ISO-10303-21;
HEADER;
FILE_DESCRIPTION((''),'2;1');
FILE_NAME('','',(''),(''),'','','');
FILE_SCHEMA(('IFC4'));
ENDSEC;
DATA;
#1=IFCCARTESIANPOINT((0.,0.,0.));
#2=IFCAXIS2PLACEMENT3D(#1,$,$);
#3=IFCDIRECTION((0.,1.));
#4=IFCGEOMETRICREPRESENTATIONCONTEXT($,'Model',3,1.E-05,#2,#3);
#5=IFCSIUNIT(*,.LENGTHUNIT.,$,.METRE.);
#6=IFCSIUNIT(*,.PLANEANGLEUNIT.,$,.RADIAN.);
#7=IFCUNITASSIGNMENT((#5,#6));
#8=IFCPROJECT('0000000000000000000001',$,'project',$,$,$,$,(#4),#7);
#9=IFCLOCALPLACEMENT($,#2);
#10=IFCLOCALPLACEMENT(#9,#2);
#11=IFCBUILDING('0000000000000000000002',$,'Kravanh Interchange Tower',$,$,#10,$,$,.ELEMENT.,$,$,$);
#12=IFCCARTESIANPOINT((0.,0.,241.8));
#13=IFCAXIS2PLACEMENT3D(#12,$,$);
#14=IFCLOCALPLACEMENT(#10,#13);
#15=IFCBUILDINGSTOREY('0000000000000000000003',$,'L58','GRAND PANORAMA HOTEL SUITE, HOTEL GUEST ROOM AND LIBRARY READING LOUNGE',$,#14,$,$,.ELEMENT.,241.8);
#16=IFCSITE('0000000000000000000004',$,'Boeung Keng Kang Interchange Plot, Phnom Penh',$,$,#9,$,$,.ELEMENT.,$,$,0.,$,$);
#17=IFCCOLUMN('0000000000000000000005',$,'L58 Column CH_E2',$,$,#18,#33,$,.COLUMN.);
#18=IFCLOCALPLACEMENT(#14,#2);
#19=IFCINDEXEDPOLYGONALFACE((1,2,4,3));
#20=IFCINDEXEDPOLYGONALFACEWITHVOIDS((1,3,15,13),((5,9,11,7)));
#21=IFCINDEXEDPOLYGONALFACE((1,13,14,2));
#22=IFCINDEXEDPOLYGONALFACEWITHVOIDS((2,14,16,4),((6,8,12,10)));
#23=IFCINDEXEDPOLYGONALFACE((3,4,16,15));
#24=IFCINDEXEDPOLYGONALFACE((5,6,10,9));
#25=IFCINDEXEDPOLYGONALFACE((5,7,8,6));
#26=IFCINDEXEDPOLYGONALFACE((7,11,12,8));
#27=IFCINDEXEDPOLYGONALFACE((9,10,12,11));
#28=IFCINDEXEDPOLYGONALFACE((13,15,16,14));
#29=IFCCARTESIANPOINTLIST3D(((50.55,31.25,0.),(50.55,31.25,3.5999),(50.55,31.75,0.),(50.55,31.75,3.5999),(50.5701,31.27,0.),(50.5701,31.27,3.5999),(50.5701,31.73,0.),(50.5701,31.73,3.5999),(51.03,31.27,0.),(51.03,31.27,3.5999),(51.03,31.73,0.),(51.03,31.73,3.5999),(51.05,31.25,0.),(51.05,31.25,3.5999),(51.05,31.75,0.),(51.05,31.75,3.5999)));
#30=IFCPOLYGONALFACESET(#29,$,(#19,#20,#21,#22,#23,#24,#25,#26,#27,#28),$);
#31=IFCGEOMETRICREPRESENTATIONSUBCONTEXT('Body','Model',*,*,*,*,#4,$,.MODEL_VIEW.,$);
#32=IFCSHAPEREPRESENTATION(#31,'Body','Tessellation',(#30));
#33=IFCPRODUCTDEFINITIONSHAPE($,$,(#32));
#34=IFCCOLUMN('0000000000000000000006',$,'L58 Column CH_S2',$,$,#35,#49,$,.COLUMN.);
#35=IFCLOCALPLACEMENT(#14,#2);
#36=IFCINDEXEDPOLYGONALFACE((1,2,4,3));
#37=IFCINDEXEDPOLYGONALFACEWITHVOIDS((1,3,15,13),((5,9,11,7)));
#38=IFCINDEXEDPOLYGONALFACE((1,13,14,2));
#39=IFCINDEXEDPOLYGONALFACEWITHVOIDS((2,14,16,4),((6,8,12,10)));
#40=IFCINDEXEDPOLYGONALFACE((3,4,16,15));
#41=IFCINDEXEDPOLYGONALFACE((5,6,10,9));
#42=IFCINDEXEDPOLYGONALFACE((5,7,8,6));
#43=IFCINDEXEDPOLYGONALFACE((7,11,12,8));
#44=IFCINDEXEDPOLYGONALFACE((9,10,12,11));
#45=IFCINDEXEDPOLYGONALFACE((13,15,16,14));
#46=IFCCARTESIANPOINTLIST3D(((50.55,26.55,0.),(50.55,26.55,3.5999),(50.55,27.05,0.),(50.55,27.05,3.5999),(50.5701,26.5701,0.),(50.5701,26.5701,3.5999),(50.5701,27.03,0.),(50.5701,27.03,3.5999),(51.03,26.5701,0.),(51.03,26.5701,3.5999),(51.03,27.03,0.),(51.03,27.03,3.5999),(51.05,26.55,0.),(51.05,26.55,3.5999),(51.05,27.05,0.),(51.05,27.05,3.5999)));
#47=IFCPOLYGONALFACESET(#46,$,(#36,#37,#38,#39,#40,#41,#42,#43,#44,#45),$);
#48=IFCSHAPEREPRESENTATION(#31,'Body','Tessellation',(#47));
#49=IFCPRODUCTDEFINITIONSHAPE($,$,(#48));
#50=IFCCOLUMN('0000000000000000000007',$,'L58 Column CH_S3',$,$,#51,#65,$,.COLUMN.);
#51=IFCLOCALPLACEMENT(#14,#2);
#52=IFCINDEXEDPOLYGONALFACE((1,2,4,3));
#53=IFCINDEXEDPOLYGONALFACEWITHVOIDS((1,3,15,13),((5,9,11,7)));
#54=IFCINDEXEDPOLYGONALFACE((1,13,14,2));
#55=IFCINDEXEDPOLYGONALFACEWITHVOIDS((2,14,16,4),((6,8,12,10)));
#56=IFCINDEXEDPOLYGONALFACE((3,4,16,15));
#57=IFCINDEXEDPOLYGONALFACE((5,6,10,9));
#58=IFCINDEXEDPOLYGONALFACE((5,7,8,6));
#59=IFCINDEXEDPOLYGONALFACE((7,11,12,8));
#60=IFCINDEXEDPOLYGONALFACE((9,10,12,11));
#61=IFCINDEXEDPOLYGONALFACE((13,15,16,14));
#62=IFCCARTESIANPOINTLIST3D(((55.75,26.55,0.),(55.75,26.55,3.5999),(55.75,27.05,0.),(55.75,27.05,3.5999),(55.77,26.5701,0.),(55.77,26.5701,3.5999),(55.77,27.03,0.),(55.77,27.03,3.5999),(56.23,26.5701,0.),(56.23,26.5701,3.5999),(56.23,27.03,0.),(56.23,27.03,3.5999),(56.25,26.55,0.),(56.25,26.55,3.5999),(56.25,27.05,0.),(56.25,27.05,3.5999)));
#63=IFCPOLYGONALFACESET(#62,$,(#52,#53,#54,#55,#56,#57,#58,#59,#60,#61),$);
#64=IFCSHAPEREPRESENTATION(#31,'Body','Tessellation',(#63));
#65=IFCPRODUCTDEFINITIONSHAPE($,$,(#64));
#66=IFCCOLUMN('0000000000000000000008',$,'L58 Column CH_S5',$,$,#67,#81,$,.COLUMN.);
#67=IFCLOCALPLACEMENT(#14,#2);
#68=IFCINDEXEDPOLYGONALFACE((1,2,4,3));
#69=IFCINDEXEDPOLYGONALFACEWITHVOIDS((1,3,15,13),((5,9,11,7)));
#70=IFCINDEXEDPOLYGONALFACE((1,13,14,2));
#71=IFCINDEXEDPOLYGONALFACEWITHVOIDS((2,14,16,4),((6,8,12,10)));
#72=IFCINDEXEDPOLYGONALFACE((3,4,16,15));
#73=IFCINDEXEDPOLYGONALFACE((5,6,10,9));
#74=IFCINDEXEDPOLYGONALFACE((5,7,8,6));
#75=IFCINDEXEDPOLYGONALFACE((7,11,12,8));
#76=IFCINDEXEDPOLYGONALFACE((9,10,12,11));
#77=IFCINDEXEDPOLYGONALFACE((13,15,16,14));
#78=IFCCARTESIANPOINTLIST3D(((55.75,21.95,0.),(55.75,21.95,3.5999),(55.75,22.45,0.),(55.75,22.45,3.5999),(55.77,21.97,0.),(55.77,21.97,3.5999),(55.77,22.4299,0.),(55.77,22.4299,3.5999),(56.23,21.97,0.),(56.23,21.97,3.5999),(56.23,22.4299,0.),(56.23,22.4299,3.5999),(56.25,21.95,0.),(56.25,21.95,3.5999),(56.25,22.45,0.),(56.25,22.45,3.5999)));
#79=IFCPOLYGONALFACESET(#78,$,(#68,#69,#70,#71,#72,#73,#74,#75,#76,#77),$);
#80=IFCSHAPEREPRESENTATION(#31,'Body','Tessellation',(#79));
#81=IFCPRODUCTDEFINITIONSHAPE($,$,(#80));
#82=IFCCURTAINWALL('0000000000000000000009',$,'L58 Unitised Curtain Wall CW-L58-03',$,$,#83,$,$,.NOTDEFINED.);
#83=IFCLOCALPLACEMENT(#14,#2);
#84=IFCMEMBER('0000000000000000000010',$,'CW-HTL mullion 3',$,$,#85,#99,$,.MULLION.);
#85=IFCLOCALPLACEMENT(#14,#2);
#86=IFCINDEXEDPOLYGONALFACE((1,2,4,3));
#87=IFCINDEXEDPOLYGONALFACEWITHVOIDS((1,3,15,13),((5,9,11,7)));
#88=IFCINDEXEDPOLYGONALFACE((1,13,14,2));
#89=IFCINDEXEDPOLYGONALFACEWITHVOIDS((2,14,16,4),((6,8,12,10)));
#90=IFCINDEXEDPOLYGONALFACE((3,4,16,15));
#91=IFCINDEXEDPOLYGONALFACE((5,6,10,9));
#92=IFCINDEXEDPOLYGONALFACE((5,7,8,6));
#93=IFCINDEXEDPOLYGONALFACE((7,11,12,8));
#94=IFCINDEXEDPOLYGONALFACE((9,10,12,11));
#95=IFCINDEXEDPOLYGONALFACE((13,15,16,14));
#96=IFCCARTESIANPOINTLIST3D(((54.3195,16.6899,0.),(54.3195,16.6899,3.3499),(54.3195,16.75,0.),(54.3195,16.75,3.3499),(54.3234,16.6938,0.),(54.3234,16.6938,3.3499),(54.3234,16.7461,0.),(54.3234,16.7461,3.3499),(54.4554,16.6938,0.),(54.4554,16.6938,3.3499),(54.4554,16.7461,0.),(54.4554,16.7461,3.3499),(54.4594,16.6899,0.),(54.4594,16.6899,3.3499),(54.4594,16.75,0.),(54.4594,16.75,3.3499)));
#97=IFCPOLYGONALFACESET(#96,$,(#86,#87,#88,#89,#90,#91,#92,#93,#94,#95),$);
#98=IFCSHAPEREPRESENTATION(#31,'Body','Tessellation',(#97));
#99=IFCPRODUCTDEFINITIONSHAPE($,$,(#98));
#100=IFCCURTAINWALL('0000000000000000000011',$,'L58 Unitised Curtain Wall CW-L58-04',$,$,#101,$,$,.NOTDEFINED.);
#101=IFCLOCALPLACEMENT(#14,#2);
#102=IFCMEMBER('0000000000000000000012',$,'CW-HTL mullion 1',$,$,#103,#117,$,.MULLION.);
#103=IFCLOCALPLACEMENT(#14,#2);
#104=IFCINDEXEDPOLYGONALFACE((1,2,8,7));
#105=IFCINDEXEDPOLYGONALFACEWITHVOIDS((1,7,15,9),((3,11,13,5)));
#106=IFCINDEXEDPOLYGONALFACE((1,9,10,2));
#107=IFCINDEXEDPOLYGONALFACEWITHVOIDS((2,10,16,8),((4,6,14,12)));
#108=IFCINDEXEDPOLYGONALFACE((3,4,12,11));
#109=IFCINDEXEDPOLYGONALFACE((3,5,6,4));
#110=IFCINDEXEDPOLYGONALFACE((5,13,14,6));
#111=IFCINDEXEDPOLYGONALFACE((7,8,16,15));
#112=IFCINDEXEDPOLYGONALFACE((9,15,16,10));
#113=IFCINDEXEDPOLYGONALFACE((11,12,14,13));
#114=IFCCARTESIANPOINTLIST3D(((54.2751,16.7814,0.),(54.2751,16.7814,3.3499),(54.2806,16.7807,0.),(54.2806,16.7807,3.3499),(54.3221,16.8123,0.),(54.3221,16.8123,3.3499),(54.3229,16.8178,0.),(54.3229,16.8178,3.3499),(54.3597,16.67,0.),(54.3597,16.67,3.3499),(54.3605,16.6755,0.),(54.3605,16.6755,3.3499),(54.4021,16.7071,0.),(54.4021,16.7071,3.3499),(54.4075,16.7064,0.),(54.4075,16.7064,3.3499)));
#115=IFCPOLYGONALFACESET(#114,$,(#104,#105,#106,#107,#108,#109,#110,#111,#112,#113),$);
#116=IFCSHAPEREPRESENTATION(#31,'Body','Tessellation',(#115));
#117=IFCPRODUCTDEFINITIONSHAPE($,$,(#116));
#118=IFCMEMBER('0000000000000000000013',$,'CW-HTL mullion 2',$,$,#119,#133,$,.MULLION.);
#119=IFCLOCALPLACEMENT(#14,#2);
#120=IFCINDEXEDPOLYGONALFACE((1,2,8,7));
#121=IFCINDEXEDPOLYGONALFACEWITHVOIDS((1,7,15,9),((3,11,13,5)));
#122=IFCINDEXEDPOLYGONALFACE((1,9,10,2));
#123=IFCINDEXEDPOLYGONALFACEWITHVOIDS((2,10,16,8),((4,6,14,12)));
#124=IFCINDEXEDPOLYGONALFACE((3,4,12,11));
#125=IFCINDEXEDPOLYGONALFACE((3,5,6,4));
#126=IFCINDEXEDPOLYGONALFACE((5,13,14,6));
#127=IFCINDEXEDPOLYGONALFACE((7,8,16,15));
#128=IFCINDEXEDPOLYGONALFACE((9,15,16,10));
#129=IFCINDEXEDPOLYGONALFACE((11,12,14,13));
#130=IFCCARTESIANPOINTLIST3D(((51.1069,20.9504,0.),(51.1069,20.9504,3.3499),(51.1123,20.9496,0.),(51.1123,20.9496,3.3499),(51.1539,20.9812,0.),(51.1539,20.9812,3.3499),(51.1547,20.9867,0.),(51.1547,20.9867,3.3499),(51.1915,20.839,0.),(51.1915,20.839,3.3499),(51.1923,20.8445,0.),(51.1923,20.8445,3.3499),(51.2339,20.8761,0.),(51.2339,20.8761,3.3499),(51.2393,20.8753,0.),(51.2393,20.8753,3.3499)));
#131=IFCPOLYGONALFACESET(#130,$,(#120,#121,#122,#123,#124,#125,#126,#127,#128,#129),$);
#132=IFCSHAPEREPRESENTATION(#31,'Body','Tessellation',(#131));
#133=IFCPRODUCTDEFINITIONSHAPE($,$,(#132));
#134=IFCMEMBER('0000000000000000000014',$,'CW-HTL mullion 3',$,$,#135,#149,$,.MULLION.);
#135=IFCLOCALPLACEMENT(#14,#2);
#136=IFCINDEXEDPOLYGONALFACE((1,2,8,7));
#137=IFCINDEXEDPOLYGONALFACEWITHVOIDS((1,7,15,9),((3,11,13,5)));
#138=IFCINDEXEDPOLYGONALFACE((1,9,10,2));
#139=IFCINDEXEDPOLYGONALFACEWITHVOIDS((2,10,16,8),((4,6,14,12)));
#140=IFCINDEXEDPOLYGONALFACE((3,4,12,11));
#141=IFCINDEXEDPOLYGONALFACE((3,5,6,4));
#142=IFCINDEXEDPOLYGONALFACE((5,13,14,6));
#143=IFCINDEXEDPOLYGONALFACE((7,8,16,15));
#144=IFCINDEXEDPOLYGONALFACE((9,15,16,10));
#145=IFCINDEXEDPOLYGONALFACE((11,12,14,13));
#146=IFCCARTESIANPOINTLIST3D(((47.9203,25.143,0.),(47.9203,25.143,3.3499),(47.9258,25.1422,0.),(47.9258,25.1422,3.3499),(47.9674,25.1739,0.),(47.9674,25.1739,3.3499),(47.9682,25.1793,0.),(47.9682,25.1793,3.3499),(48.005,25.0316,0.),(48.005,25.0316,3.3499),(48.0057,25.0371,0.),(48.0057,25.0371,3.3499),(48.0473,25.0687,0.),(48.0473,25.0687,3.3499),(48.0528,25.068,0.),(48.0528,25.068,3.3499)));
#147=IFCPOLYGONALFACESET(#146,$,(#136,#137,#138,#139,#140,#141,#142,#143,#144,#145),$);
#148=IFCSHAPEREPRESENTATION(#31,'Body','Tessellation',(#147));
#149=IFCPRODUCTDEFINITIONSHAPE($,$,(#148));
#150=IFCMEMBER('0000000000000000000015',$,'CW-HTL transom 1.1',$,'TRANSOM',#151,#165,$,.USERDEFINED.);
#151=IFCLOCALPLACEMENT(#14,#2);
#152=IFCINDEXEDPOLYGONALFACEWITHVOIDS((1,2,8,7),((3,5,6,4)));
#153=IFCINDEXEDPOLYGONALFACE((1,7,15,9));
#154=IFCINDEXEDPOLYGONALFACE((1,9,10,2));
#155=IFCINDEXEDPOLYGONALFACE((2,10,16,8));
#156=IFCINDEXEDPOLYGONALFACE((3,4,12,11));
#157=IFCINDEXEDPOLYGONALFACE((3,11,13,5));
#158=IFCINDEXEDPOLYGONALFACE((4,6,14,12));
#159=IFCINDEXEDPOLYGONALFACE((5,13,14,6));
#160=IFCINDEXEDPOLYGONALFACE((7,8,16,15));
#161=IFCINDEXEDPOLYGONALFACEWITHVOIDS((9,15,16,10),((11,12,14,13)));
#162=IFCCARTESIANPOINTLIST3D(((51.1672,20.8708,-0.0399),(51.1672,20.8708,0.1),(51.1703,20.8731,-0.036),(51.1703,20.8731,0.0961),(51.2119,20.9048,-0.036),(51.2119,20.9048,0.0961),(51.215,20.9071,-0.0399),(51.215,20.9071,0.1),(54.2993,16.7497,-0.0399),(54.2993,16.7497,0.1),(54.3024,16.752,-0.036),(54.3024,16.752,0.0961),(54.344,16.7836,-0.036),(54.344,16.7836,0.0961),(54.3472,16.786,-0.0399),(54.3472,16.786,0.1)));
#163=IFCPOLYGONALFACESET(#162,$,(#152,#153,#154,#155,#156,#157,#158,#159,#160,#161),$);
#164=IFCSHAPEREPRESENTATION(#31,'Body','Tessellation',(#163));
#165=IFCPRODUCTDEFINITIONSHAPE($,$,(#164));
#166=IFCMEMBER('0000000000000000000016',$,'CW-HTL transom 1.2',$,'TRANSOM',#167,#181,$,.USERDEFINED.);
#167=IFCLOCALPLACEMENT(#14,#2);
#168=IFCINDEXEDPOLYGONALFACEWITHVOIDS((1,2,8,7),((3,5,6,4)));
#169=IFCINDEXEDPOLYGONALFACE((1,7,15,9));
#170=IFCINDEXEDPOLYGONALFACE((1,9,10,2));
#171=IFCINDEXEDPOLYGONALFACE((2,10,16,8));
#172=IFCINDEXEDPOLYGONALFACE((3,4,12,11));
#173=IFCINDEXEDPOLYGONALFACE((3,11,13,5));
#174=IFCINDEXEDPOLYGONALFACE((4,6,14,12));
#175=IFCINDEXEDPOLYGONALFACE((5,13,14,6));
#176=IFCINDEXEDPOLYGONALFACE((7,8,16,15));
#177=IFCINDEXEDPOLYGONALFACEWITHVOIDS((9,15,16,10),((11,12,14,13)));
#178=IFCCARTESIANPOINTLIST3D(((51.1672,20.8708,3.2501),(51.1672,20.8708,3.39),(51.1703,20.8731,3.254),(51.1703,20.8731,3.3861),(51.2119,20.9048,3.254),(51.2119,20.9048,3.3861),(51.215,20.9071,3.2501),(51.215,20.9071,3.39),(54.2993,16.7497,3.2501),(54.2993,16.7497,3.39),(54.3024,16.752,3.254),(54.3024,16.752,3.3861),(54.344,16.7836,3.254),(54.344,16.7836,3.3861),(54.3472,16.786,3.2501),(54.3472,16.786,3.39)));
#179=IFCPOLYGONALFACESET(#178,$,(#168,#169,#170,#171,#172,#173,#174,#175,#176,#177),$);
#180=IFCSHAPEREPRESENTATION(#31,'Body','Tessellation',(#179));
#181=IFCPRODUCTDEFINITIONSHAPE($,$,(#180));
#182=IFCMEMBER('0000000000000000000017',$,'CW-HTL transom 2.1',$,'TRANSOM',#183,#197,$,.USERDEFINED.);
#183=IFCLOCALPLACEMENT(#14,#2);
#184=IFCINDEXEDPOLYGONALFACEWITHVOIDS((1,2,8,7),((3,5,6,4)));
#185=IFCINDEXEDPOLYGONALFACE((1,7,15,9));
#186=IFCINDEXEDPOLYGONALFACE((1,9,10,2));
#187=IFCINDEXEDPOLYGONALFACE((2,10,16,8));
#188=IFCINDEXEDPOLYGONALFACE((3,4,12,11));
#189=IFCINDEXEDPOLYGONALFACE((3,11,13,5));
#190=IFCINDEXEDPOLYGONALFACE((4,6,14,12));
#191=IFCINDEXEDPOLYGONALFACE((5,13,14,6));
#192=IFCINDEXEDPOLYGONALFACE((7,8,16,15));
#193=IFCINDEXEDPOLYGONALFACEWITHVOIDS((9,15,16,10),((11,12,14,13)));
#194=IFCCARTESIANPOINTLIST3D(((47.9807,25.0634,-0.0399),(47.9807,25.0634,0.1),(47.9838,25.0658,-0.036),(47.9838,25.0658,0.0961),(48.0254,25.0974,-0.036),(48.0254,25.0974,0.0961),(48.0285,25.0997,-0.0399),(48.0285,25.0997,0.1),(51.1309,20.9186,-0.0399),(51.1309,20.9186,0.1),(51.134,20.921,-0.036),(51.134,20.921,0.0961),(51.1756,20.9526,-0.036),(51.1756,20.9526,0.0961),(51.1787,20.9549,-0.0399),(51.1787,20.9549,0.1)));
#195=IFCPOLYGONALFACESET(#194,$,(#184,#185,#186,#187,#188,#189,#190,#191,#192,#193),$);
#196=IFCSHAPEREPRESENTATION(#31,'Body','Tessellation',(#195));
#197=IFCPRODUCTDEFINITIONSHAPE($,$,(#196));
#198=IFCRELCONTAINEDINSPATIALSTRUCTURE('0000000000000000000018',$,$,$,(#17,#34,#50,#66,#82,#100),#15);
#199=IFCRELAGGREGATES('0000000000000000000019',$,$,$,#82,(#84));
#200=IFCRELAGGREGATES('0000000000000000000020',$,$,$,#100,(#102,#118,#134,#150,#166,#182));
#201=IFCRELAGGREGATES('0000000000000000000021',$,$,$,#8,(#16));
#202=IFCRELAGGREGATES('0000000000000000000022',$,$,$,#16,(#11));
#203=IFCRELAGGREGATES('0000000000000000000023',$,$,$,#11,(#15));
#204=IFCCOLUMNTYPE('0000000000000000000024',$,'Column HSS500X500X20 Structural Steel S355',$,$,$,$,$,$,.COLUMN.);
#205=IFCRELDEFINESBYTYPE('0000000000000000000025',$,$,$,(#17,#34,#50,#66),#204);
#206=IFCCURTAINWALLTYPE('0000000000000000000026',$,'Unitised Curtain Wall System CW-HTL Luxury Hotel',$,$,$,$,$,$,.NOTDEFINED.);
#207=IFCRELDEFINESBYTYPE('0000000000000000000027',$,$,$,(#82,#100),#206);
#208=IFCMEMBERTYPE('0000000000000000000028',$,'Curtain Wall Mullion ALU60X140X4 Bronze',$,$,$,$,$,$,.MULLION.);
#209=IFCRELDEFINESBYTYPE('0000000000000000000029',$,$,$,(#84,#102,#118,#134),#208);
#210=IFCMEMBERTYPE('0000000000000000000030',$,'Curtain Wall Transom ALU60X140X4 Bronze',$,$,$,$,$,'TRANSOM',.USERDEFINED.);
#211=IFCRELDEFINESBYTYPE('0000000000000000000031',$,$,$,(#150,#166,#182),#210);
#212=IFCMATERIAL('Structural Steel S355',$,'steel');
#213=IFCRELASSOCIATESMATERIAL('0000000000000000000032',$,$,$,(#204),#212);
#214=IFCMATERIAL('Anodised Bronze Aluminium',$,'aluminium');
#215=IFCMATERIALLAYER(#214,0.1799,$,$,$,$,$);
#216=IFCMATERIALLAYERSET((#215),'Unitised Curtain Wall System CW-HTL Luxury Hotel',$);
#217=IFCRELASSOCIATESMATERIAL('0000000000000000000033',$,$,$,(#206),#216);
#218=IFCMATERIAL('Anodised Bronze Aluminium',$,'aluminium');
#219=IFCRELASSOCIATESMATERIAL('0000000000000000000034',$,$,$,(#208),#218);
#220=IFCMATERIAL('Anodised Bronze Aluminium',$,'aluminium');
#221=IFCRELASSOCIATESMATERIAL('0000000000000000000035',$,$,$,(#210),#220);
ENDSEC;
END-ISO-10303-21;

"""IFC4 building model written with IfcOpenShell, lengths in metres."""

from ifc_helpers import new_model, si_unit, direction, frame, origin, origin_2d, place, context, subcontext, project, spatial, hollow_rectangle, extrude, material, layer, layer_set, material_profile, profile_set, type_object, element, aggregate, save


model = new_model("IFC4")

# Units and contexts
model_context = context("Model", 3, precision=1e-05, world=origin(), true_north=direction((0.0, 1.0)))
body_context = subcontext(model_context, "Body", "Model", "MODEL_VIEW")
ifc_project = project(units=[si_unit("LENGTHUNIT", "METRE"), si_unit("PLANEANGLEUNIT", "RADIAN")], contexts=[model_context])

# Site, building, storey
site_placement = place(None, origin())
site = spatial("IfcSite", under=ifc_project, at=site_placement, Name="Boeung Keng Kang Interchange Plot, Phnom Penh", CompositionType="ELEMENT", RefElevation=0.0)
building_placement = place(site_placement, origin())
building = spatial("IfcBuilding", under=site, at=building_placement, Name="Kravanh Interchange Tower", CompositionType="ELEMENT")
storey_placement = place(building_placement, frame((0.0, 0.0, 241.8)))
storey = spatial("IfcBuildingStorey", under=building, at=storey_placement, Name="L58", Description="GRAND PANORAMA HOTEL SUITE, HOTEL GUEST ROOM AND LIBRARY READING LOUNGE", CompositionType="ELEMENT", Elevation=241.8)

# Columns
ifc_material_1 = material(Name="Structural Steel S355", Category="steel")
ifc_material_profile_1 = material_profile(ifc_material_1, hollow_rectangle(XDim=0.5, YDim=0.5, WallThickness=0.02, at=origin_2d()), Name="HSS500X500X20")
ifc_profile_set_1 = profile_set([ifc_material_profile_1], Name="Structural Steel S355")
column_type = type_object("IfcColumnType", Name="Column HSS500X500X20 Structural Steel S355", PredefinedType="COLUMN", material=ifc_profile_set_1)
for number, where, z_axis, x_axis, name in (
    (1, (50.8, 31.5, 0.0), (0.0, 0.0, 1.0), (1.0, 0.0, 0.0), "L58 Column CH_E2"),
    (2, (50.8, 26.8, 0.0), (0.0, 0.0, 1.0), (1.0, 0.0, 0.0), "L58 Column CH_S2"),
    (3, (56.0, 26.8, 0.0), (0.0, 0.0, 1.0), (1.0, 0.0, 0.0), "L58 Column CH_S3"),
    (4, (56.0, 22.2, 0.0), (0.0, 0.0, 1.0), (1.0, 0.0, 0.0), "L58 Column CH_S5"),
):
    element("IfcColumn", number, at=place(storey_placement, frame(where, z_axis=z_axis, x_axis=x_axis)), inside=storey, type_object=column_type, Name=name, PredefinedType="COLUMN", context=body_context, shape_type="SweptSolid", body=[
        extrude(hollow_rectangle(XDim=0.5, YDim=0.5, WallThickness=0.02, at=origin_2d()), origin(), (0.0, 0.0, 1.0), 3.5999),
    ])

# Curtain wall, member
ifc_material_2 = material(Name="Anodised Bronze Aluminium", Category="aluminium")
ifc_layer_1 = layer(ifc_material_2, 0.1799)
ifc_layer_set_1 = layer_set([ifc_layer_1], Name="Unitised Curtain Wall System CW-HTL Luxury Hotel")
curtain_wall_type = type_object("IfcCurtainWallType", Name="Unitised Curtain Wall System CW-HTL Luxury Hotel", PredefinedType="NOTDEFINED", material=ifc_layer_set_1)
curtain_wall_1_placement = place(storey_placement, origin())
curtain_wall_1 = element("IfcCurtainWall", 5, at=curtain_wall_1_placement, inside=storey, type_object=curtain_wall_type, Name="L58 Unitised Curtain Wall CW-L58-03", PredefinedType="NOTDEFINED")
ifc_material_3 = material(Name="Anodised Bronze Aluminium", Category="aluminium")
ifc_material_profile_2 = material_profile(ifc_material_3, hollow_rectangle(XDim=0.0601, YDim=0.1399, WallThickness=0.0039, at=origin_2d()), Name="ALU60X140X4")
ifc_profile_set_2 = profile_set([ifc_material_profile_2], Name="Anodised Bronze Aluminium")
member_type_1 = type_object("IfcMemberType", Name="Curtain Wall Mullion ALU60X140X4 Bronze", PredefinedType="MULLION", material=ifc_profile_set_2)
member_1_placement = place(storey_placement, frame((54.3894, 16.72, 0.0), z_axis=(0.0, 0.0, 1.0), x_axis=(0.0, -1.0, 0.0)))
member_1 = element("IfcMember", 6, at=member_1_placement, type_object=member_type_1, Name="CW-HTL mullion 3", PredefinedType="MULLION", context=body_context, shape_type="SweptSolid", body=[
    extrude(hollow_rectangle(XDim=0.0601, YDim=0.1399, WallThickness=0.0039, at=origin_2d()), origin(), (0.0, 0.0, 1.0), 3.3499),
])
aggregate(curtain_wall_1, [member_1])

# Curtain wall, members
curtain_wall_2_placement = place(storey_placement, origin())
curtain_wall_2 = element("IfcCurtainWall", 7, at=curtain_wall_2_placement, inside=storey, type_object=curtain_wall_type, Name="L58 Unitised Curtain Wall CW-L58-04", PredefinedType="NOTDEFINED")
member_2_placement = place(storey_placement, frame((54.3413, 16.7439, 0.0), z_axis=(0.0, 0.0, 1.0), x_axis=(-0.796162, -0.605083, 0.0)))
member_2 = element("IfcMember", 8, at=member_2_placement, type_object=member_type_1, Name="CW-HTL mullion 1", PredefinedType="MULLION", context=body_context, shape_type="SweptSolid", body=[
    extrude(hollow_rectangle(XDim=0.0601, YDim=0.1399, WallThickness=0.0039, at=origin_2d()), origin(), (0.0, 0.0, 1.0), 3.3499),
])
member_3_placement = place(storey_placement, frame((51.1731, 20.9128, 0.0), z_axis=(0.0, 0.0, 1.0), x_axis=(-0.796162, -0.605083, 0.0)))
member_3 = element("IfcMember", 9, at=member_3_placement, type_object=member_type_1, Name="CW-HTL mullion 2", PredefinedType="MULLION", context=body_context, shape_type="SweptSolid", body=[
    extrude(hollow_rectangle(XDim=0.0601, YDim=0.1399, WallThickness=0.0039, at=origin_2d()), origin(), (0.0, 0.0, 1.0), 3.3499),
])
member_4_placement = place(storey_placement, frame((47.9866, 25.1055, 0.0), z_axis=(0.0, 0.0, 1.0), x_axis=(-0.796162, -0.605083, 0.0)))
member_4 = element("IfcMember", 10, at=member_4_placement, type_object=member_type_1, Name="CW-HTL mullion 3", PredefinedType="MULLION", context=body_context, shape_type="SweptSolid", body=[
    extrude(hollow_rectangle(XDim=0.0601, YDim=0.1399, WallThickness=0.0039, at=origin_2d()), origin(), (0.0, 0.0, 1.0), 3.3499),
])
ifc_material_4 = material(Name="Anodised Bronze Aluminium", Category="aluminium")
ifc_material_profile_3 = material_profile(ifc_material_4, hollow_rectangle(XDim=0.0601, YDim=0.1399, WallThickness=0.0039, at=origin_2d()), Name="ALU60X140X4")
ifc_profile_set_3 = profile_set([ifc_material_profile_3], Name="Anodised Bronze Aluminium")
member_type_2 = type_object("IfcMemberType", Name="Curtain Wall Transom ALU60X140X4 Bronze", ElementType="TRANSOM", PredefinedType="USERDEFINED", material=ifc_profile_set_3)
member_5_placement = place(storey_placement, frame((54.3232, 16.7678, 0.03), z_axis=(-0.605089, 0.796158, 0.0), x_axis=(-0.796158, -0.605089, 0.0)))
member_5 = element("IfcMember", 11, at=member_5_placement, type_object=member_type_2, Name="CW-HTL transom 1.1", ObjectType="TRANSOM", PredefinedType="USERDEFINED", context=body_context, shape_type="SweptSolid", body=[
    extrude(hollow_rectangle(XDim=0.0601, YDim=0.1399, WallThickness=0.0039, at=origin_2d()), origin(), (0.0, 0.0, 1.0), 5.1763),
])
member_6_placement = place(storey_placement, frame((54.3232, 16.7678, 3.3201), z_axis=(-0.605089, 0.796158, 0.0), x_axis=(-0.796158, -0.605089, 0.0)))
member_6 = element("IfcMember", 12, at=member_6_placement, type_object=member_type_2, Name="CW-HTL transom 1.2", ObjectType="TRANSOM", PredefinedType="USERDEFINED", context=body_context, shape_type="SweptSolid", body=[
    extrude(hollow_rectangle(XDim=0.0601, YDim=0.1399, WallThickness=0.0039, at=origin_2d()), origin(), (0.0, 0.0, 1.0), 5.1763),
])
member_7_placement = place(storey_placement, frame((51.1548, 20.9368, 0.03), z_axis=(-0.605098, 0.796151, 0.0), x_axis=(-0.796151, -0.605098, 0.0)))
member_7 = element("IfcMember", 13, at=member_7_placement, type_object=member_type_2, Name="CW-HTL transom 2.1", ObjectType="TRANSOM", PredefinedType="USERDEFINED", context=body_context, shape_type="SweptSolid", body=[
    extrude(hollow_rectangle(XDim=0.0601, YDim=0.1399, WallThickness=0.0039, at=origin_2d()), origin(), (0.0, 0.0, 1.0), 5.2061),
])

aggregate(curtain_wall_2, [member_2, member_3, member_4, member_5, member_6, member_7])

save(model, "model.ifc")
